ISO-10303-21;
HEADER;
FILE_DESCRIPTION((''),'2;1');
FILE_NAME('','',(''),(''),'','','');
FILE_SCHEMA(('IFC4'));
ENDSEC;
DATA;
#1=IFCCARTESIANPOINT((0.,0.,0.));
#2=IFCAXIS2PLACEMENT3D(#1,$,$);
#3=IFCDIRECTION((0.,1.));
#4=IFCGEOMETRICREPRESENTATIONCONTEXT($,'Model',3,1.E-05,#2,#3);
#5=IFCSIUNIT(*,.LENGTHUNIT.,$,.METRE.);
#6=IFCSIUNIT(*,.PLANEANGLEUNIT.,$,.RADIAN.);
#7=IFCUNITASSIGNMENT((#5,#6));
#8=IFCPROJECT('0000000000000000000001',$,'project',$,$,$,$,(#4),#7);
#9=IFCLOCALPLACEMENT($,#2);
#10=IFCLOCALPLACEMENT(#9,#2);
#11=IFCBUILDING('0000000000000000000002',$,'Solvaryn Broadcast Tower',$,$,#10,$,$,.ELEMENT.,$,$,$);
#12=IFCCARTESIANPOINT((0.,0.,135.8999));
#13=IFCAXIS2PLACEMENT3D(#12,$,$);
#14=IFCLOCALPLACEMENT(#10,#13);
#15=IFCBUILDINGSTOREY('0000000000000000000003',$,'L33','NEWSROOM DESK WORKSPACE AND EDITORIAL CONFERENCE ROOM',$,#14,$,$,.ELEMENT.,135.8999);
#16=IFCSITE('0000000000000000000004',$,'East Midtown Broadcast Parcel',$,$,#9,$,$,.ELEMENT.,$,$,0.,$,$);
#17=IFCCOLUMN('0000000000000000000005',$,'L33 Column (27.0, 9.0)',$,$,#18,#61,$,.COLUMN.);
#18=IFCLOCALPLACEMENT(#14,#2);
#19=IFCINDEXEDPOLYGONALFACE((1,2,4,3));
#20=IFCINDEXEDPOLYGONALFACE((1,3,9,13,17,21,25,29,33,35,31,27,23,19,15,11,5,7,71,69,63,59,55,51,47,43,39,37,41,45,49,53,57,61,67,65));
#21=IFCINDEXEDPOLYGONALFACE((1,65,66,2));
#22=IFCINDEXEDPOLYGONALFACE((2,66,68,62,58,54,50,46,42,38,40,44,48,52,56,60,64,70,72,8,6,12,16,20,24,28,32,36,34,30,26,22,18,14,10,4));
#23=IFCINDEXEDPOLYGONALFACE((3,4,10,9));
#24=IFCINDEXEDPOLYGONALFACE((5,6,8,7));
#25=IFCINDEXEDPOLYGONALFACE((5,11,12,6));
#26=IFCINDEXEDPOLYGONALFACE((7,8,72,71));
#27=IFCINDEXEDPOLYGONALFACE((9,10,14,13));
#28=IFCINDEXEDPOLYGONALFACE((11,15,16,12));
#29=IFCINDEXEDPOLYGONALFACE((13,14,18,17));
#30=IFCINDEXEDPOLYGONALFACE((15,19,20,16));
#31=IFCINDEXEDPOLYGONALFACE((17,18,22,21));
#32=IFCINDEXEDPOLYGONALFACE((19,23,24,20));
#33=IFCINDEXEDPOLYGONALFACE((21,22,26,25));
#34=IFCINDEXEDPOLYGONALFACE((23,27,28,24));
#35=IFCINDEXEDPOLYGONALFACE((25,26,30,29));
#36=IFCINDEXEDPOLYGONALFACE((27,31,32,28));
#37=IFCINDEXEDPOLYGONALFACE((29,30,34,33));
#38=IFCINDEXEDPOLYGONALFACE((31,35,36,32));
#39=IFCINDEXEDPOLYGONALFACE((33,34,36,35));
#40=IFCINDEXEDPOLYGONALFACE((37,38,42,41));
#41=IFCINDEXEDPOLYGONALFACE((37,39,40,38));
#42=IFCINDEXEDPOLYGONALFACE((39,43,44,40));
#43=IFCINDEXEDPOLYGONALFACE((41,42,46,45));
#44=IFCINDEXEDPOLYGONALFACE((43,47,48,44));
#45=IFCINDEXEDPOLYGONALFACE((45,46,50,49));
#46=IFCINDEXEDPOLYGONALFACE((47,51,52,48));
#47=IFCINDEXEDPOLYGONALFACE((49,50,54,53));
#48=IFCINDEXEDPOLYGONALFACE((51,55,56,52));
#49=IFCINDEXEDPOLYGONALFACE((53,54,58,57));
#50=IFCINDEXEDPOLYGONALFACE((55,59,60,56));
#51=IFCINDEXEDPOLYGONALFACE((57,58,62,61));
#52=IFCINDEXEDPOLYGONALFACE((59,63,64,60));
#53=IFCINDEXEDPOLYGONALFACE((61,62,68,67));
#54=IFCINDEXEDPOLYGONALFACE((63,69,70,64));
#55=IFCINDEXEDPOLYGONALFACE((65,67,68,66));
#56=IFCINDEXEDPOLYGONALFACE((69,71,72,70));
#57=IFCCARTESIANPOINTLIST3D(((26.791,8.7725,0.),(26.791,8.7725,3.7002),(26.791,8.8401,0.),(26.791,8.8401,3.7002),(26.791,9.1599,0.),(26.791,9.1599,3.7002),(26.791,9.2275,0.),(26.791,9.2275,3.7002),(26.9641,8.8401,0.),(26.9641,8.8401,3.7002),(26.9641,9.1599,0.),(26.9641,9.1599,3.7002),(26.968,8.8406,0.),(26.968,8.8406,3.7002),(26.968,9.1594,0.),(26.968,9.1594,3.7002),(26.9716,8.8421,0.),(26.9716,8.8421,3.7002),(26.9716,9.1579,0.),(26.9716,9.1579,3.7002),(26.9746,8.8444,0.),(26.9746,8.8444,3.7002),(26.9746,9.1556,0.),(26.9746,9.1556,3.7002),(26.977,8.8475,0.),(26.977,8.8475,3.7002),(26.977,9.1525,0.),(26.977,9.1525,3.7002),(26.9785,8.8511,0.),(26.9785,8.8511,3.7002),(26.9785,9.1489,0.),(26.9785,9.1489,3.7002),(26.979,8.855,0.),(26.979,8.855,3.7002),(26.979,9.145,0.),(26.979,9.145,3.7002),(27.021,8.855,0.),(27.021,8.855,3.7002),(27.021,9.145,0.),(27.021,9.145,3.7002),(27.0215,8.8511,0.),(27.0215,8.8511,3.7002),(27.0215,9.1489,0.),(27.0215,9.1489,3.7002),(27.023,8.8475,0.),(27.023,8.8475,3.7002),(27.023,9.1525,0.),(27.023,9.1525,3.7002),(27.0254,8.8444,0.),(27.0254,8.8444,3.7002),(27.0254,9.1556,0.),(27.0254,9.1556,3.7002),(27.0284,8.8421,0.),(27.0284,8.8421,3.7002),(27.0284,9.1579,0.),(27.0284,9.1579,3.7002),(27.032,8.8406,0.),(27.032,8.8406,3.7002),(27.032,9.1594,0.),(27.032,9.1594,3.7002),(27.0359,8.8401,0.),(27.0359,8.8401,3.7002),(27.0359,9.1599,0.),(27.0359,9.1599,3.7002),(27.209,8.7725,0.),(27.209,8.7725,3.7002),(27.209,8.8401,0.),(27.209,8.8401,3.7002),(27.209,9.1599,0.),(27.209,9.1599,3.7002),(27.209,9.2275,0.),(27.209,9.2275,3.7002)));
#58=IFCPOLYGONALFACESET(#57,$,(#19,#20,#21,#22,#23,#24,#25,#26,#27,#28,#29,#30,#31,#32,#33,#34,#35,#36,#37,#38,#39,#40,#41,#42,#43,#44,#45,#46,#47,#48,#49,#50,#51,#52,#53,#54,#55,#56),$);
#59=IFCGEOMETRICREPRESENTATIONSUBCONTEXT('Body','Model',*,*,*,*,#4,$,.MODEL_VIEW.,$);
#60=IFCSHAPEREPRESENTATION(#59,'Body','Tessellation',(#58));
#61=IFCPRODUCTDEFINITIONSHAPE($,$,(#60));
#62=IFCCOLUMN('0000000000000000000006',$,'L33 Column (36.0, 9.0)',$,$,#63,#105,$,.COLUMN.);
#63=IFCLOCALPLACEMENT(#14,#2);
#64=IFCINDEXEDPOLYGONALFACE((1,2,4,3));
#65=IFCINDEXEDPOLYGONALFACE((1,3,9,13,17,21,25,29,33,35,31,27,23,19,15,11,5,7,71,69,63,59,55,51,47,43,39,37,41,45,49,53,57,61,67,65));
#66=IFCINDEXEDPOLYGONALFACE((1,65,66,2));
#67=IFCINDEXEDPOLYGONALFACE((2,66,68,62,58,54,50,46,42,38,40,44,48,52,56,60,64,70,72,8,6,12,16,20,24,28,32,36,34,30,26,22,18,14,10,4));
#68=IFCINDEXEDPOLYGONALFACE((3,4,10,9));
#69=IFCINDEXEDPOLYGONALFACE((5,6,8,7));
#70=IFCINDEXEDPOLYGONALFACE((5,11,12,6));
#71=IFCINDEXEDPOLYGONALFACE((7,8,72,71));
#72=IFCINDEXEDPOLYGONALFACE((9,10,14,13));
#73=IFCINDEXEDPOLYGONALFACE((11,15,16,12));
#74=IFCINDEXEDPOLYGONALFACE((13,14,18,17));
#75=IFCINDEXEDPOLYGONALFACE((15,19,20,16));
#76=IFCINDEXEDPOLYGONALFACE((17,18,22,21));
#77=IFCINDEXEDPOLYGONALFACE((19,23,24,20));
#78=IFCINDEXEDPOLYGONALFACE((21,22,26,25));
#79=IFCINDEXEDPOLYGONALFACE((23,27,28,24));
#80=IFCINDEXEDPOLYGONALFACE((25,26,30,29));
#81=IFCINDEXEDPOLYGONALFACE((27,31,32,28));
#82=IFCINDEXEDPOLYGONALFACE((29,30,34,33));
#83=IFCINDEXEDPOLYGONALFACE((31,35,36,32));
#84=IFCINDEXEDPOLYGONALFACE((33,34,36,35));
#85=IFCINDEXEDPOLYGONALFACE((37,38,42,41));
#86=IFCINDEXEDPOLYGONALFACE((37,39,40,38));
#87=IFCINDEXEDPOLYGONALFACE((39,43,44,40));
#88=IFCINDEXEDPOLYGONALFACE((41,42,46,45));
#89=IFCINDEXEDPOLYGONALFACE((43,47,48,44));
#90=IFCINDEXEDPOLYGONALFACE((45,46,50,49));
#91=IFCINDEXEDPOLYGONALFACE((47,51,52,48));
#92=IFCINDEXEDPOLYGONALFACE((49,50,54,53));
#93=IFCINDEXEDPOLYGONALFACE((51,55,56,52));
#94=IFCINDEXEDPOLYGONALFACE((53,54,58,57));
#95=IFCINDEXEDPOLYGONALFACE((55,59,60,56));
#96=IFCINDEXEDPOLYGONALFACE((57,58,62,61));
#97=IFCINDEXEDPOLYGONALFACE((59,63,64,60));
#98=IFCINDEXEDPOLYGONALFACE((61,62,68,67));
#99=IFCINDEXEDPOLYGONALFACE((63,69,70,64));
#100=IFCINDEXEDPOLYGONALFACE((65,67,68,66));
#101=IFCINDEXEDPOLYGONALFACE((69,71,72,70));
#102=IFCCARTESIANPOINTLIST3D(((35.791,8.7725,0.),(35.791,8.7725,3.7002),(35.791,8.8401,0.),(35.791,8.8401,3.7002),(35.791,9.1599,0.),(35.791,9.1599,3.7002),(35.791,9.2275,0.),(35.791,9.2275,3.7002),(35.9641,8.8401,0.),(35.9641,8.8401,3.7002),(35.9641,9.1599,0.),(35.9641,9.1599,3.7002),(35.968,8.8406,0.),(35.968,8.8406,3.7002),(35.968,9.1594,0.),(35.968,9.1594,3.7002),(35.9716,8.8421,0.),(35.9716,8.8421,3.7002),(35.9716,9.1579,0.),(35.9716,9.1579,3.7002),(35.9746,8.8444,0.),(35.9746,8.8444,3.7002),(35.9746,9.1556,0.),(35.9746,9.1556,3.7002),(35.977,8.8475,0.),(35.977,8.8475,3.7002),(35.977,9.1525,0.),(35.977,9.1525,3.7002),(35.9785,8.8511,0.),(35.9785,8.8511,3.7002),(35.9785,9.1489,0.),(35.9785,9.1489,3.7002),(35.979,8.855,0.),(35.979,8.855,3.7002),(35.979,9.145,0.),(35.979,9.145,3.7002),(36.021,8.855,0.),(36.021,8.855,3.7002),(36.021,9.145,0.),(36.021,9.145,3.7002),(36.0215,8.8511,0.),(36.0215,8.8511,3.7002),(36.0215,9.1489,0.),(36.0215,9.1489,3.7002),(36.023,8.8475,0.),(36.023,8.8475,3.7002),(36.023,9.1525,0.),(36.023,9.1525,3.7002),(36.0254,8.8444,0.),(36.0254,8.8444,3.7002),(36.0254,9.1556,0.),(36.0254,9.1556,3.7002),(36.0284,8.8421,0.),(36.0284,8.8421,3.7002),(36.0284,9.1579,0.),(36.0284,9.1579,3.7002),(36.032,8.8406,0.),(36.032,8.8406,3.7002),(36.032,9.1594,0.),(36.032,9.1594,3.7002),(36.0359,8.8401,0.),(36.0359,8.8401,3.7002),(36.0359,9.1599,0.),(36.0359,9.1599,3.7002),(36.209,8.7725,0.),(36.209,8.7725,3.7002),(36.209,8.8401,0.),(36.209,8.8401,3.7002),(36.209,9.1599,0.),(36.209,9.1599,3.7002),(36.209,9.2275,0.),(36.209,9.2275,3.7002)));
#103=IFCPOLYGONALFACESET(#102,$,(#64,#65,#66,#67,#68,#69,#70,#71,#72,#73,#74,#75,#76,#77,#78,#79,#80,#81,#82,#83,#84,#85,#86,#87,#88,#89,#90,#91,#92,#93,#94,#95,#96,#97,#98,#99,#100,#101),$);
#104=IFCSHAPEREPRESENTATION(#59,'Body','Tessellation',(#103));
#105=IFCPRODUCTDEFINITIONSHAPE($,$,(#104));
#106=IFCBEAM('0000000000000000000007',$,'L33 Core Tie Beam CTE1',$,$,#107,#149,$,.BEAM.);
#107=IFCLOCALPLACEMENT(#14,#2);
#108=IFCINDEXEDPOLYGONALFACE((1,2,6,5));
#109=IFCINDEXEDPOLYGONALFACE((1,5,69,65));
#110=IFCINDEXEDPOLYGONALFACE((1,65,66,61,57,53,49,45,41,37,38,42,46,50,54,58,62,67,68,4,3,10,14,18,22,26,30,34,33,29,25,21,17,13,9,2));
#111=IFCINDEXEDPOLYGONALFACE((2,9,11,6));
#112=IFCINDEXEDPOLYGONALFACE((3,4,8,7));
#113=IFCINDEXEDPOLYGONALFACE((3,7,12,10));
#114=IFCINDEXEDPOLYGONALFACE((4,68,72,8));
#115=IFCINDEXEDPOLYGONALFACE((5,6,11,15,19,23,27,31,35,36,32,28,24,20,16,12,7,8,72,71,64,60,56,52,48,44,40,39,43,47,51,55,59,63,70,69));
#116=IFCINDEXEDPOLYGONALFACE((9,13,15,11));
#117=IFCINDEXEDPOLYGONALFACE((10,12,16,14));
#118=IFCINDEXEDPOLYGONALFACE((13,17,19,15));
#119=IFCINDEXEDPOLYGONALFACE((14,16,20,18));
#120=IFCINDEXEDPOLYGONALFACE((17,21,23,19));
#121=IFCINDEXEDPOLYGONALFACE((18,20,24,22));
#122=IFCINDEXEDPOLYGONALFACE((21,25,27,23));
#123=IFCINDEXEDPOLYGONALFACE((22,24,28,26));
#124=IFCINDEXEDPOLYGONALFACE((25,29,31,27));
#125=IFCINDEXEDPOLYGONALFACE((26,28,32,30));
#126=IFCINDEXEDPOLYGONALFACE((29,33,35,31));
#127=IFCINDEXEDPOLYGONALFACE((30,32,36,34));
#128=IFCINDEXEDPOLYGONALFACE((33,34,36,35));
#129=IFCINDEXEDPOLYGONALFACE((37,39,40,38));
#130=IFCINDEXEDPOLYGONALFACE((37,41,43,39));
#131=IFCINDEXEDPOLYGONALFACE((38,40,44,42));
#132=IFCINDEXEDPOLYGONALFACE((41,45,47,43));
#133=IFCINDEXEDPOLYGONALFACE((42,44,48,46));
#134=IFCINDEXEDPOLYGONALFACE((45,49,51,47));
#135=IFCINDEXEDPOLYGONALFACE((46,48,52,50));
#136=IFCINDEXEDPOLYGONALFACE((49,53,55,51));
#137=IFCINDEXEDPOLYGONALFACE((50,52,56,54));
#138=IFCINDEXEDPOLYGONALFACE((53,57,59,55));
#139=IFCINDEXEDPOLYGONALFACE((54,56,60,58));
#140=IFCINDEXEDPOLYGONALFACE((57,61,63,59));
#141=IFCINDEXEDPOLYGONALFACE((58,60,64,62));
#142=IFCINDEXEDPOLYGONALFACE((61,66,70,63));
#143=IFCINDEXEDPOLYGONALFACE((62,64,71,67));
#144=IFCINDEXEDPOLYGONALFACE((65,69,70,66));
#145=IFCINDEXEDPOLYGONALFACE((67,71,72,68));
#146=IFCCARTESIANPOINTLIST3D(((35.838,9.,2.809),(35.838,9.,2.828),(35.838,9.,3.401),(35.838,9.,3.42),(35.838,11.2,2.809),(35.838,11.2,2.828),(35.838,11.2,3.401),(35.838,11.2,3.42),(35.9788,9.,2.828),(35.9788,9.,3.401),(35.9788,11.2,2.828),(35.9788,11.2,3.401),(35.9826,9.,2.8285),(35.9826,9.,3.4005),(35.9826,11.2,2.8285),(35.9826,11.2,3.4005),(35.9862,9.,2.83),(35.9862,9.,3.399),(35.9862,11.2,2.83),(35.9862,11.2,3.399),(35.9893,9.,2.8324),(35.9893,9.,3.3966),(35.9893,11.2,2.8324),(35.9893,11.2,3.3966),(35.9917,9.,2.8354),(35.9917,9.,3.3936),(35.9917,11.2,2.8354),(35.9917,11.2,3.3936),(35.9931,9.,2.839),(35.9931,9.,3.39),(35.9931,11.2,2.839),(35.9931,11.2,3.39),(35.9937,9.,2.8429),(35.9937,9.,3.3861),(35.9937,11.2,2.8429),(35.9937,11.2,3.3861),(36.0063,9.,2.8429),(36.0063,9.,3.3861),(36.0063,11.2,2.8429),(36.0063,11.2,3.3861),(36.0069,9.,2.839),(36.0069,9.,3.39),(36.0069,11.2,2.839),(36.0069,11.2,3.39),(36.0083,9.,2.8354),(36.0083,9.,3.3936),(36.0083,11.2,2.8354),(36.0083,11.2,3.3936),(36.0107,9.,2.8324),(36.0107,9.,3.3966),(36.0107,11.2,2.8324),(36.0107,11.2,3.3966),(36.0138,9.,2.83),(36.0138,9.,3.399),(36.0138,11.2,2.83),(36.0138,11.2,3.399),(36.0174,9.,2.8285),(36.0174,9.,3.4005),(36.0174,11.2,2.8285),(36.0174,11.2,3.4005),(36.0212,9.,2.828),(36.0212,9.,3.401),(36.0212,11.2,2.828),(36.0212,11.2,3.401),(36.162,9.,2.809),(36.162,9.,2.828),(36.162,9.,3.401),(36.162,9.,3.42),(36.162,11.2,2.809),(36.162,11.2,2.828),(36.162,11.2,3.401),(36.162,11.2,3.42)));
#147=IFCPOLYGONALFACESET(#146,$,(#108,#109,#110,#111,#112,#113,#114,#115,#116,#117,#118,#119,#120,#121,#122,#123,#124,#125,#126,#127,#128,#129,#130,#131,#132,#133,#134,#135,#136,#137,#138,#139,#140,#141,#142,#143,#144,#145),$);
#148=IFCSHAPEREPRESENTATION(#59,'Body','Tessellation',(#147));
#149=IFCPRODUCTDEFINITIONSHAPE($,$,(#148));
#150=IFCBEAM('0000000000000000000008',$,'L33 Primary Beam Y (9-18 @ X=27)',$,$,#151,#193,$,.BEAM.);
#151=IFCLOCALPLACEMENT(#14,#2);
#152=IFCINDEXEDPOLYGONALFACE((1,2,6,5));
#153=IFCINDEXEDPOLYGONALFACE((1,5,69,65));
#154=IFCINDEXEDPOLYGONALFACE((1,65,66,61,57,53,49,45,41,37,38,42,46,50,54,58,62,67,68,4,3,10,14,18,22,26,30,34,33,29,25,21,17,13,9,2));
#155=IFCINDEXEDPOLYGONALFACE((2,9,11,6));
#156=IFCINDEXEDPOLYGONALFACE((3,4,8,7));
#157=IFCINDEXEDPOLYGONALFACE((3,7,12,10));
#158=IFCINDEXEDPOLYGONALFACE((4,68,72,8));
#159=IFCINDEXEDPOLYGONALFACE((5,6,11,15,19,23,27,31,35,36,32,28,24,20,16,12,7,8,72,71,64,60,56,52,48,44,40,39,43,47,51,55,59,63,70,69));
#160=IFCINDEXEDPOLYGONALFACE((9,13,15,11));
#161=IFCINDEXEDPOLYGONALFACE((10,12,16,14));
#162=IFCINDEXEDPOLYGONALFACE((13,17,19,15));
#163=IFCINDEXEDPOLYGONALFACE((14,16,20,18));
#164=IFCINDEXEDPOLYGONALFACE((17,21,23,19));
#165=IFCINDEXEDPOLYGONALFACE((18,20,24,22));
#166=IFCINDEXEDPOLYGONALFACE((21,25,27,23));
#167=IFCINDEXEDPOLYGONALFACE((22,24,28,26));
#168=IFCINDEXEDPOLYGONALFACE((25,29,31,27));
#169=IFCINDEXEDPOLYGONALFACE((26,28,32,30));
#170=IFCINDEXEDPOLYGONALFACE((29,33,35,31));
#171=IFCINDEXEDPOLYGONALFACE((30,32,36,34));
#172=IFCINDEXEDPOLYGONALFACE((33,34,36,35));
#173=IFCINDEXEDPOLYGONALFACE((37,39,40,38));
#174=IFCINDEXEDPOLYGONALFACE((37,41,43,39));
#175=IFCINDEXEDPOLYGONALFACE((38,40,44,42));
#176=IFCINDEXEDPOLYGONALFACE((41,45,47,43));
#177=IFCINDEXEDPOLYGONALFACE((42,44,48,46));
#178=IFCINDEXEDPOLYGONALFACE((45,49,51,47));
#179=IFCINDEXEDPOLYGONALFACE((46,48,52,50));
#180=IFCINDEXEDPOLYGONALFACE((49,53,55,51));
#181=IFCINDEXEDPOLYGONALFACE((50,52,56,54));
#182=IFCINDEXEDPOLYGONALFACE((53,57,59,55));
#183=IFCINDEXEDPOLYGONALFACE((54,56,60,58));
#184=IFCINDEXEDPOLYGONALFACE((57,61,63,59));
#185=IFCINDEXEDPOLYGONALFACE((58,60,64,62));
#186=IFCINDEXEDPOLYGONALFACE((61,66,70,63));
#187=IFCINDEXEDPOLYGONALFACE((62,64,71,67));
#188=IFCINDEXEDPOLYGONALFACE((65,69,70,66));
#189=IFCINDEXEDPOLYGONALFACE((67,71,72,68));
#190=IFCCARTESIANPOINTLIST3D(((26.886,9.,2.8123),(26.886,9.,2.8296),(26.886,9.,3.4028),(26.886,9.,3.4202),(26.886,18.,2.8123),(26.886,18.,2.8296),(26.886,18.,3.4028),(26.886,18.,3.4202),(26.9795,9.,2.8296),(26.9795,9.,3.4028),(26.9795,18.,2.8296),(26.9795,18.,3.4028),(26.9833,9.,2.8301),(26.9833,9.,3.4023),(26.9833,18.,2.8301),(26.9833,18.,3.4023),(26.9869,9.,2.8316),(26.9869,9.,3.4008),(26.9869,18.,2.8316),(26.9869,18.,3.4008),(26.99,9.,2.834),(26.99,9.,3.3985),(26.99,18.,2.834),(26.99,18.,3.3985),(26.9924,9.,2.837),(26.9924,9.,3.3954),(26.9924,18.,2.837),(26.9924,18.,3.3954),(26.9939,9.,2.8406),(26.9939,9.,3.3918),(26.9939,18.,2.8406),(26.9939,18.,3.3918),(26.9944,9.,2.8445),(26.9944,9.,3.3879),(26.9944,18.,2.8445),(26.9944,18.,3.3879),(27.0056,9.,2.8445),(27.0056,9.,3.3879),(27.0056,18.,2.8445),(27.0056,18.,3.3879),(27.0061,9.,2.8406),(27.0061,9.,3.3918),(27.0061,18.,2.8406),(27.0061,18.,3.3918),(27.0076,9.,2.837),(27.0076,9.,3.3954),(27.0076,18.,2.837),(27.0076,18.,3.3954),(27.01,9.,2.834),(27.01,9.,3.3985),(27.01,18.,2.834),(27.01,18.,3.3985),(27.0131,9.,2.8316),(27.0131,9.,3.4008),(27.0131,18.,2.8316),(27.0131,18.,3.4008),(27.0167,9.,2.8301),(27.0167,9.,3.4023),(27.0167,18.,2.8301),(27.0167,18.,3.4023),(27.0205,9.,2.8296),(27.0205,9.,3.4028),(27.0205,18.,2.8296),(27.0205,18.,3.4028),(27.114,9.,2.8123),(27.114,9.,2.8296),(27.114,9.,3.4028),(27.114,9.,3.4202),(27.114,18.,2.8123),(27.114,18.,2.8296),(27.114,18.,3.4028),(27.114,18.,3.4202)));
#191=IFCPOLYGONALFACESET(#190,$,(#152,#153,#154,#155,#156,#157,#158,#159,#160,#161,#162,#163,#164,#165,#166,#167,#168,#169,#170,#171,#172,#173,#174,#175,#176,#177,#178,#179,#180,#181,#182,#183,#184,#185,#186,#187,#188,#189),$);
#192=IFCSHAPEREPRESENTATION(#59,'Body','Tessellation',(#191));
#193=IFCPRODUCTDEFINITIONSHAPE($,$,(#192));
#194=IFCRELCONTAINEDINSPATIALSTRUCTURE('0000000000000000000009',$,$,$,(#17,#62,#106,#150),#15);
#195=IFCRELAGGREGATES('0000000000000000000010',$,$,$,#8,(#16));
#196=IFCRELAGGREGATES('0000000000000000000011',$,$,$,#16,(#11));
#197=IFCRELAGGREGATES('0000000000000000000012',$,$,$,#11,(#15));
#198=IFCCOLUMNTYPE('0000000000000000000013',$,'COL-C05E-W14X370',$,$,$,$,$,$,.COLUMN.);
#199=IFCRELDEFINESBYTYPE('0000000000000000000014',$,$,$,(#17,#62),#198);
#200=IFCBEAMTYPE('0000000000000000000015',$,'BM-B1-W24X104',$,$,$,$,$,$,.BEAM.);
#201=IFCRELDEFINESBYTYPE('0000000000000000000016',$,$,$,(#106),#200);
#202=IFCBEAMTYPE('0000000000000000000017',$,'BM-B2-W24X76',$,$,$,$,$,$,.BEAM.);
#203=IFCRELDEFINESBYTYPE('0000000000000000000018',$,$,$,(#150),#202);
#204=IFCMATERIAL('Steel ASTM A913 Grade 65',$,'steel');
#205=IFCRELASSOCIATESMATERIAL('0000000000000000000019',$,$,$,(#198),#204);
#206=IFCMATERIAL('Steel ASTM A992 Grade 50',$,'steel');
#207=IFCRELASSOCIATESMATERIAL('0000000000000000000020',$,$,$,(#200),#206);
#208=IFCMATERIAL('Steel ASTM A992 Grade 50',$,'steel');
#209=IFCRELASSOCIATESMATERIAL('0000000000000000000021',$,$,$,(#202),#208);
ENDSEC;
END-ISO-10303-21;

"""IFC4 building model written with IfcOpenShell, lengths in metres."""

from ifc_helpers import new_model, si_unit, direction, frame, origin, origin_2d, place, context, subcontext, project, spatial, i_section, extrude, material, material_profile, profile_set, type_object, element, save


model = new_model("IFC4")

# Units and contexts
model_context = context("Model", 3, precision=1e-05, world=origin(), true_north=direction((0.0, 1.0)))
body_context = subcontext(model_context, "Body", "Model", "MODEL_VIEW")
ifc_project = project(units=[si_unit("LENGTHUNIT", "METRE"), si_unit("PLANEANGLEUNIT", "RADIAN")], contexts=[model_context])

# Site, building, storey
site_placement = place(None, origin())
site = spatial("IfcSite", under=ifc_project, at=site_placement, Name="East Midtown Broadcast Parcel", CompositionType="ELEMENT", RefElevation=0.0)
building_placement = place(site_placement, origin())
building = spatial("IfcBuilding", under=site, at=building_placement, Name="Solvaryn Broadcast Tower", CompositionType="ELEMENT")
storey_placement = place(building_placement, frame((0.0, 0.0, 135.8999)))
storey = spatial("IfcBuildingStorey", under=building, at=storey_placement, Name="L33", Description="NEWSROOM DESK WORKSPACE AND EDITORIAL CONFERENCE ROOM", CompositionType="ELEMENT", Elevation=135.8999)

# Columns
ifc_material_1 = material(Name="Steel ASTM A913 Grade 65", Category="steel")
ifc_material_profile_1 = material_profile(ifc_material_1, i_section(OverallWidth=0.418, OverallDepth=0.4551, WebThickness=0.042, FlangeThickness=0.0676, FilletRadius=0.0149, at=origin_2d()))
ifc_profile_set_1 = profile_set([ifc_material_profile_1], Name="Steel ASTM A913 Grade 65")
column_type = type_object("IfcColumnType", Name="COL-C05E-W14X370", PredefinedType="COLUMN", material=ifc_profile_set_1)
for number, where, z_axis, x_axis, name in (
    (1, (27.0, 9.0, 0.0), (0.0, 0.0, 1.0), (1.0, 0.0, 0.0), "L33 Column (27.0, 9.0)"),
    (2, (36.0, 9.0, 0.0), (0.0, 0.0, 1.0), (1.0, 0.0, 0.0), "L33 Column (36.0, 9.0)"),
):
    element("IfcColumn", number, at=place(storey_placement, frame(where, z_axis=z_axis, x_axis=x_axis)), inside=storey, type_object=column_type, Name=name, PredefinedType="COLUMN", context=body_context, shape_type="SweptSolid", body=[
        extrude(i_section(OverallWidth=0.418, OverallDepth=0.4551, WebThickness=0.042, FlangeThickness=0.0676, FilletRadius=0.0149, at=origin_2d()), origin(), (0.0, 0.0, 1.0), 3.7002),
    ])

# Beams
ifc_material_2 = material(Name="Steel ASTM A992 Grade 50", Category="steel")
ifc_material_profile_2 = material_profile(ifc_material_2, i_section(OverallWidth=0.324, OverallDepth=0.6111, WebThickness=0.0127, FlangeThickness=0.019, FilletRadius=0.0149, at=origin_2d()))
ifc_profile_set_2 = profile_set([ifc_material_profile_2], Name="Steel ASTM A992 Grade 50")
beam_type_1 = type_object("IfcBeamType", Name="BM-B1-W24X104", PredefinedType="BEAM", material=ifc_profile_set_2)
beam_1_placement = place(storey_placement, frame((36.0, 9.0, 3.1145), z_axis=(0.0, 1.0, 0.0), x_axis=(-1.0, 0.0, 0.0)))
element("IfcBeam", 3, at=beam_1_placement, inside=storey, type_object=beam_type_1, Name="L33 Core Tie Beam CTE1", PredefinedType="BEAM", context=body_context, shape_type="SweptSolid", body=[
    extrude(i_section(OverallWidth=0.324, OverallDepth=0.6111, WebThickness=0.0127, FlangeThickness=0.019, FilletRadius=0.0149, at=origin_2d()), origin(), (0.0, 0.0, 1.0), 2.2),
])
ifc_material_3 = material(Name="Steel ASTM A992 Grade 50", Category="steel")
ifc_material_profile_3 = material_profile(ifc_material_3, i_section(OverallWidth=0.228, OverallDepth=0.6079, WebThickness=0.0112, FlangeThickness=0.0173, FilletRadius=0.0149, at=origin_2d()))
ifc_profile_set_3 = profile_set([ifc_material_profile_3], Name="Steel ASTM A992 Grade 50")
beam_type_2 = type_object("IfcBeamType", Name="BM-B2-W24X76", PredefinedType="BEAM", material=ifc_profile_set_3)
beam_2_placement = place(storey_placement, frame((27.0, 9.0, 3.1162), z_axis=(0.0, 1.0, 0.0), x_axis=(-1.0, 0.0, 0.0)))
element("IfcBeam", 4, at=beam_2_placement, inside=storey, type_object=beam_type_2, Name="L33 Primary Beam Y (9-18 @ X=27)", PredefinedType="BEAM", context=body_context, shape_type="SweptSolid", body=[
    extrude(i_section(OverallWidth=0.228, OverallDepth=0.6079, WebThickness=0.0112, FlangeThickness=0.0173, FilletRadius=0.0149, at=origin_2d()), origin(), (0.0, 0.0, 1.0), 9.0),
])

save(model, "model.ifc")
